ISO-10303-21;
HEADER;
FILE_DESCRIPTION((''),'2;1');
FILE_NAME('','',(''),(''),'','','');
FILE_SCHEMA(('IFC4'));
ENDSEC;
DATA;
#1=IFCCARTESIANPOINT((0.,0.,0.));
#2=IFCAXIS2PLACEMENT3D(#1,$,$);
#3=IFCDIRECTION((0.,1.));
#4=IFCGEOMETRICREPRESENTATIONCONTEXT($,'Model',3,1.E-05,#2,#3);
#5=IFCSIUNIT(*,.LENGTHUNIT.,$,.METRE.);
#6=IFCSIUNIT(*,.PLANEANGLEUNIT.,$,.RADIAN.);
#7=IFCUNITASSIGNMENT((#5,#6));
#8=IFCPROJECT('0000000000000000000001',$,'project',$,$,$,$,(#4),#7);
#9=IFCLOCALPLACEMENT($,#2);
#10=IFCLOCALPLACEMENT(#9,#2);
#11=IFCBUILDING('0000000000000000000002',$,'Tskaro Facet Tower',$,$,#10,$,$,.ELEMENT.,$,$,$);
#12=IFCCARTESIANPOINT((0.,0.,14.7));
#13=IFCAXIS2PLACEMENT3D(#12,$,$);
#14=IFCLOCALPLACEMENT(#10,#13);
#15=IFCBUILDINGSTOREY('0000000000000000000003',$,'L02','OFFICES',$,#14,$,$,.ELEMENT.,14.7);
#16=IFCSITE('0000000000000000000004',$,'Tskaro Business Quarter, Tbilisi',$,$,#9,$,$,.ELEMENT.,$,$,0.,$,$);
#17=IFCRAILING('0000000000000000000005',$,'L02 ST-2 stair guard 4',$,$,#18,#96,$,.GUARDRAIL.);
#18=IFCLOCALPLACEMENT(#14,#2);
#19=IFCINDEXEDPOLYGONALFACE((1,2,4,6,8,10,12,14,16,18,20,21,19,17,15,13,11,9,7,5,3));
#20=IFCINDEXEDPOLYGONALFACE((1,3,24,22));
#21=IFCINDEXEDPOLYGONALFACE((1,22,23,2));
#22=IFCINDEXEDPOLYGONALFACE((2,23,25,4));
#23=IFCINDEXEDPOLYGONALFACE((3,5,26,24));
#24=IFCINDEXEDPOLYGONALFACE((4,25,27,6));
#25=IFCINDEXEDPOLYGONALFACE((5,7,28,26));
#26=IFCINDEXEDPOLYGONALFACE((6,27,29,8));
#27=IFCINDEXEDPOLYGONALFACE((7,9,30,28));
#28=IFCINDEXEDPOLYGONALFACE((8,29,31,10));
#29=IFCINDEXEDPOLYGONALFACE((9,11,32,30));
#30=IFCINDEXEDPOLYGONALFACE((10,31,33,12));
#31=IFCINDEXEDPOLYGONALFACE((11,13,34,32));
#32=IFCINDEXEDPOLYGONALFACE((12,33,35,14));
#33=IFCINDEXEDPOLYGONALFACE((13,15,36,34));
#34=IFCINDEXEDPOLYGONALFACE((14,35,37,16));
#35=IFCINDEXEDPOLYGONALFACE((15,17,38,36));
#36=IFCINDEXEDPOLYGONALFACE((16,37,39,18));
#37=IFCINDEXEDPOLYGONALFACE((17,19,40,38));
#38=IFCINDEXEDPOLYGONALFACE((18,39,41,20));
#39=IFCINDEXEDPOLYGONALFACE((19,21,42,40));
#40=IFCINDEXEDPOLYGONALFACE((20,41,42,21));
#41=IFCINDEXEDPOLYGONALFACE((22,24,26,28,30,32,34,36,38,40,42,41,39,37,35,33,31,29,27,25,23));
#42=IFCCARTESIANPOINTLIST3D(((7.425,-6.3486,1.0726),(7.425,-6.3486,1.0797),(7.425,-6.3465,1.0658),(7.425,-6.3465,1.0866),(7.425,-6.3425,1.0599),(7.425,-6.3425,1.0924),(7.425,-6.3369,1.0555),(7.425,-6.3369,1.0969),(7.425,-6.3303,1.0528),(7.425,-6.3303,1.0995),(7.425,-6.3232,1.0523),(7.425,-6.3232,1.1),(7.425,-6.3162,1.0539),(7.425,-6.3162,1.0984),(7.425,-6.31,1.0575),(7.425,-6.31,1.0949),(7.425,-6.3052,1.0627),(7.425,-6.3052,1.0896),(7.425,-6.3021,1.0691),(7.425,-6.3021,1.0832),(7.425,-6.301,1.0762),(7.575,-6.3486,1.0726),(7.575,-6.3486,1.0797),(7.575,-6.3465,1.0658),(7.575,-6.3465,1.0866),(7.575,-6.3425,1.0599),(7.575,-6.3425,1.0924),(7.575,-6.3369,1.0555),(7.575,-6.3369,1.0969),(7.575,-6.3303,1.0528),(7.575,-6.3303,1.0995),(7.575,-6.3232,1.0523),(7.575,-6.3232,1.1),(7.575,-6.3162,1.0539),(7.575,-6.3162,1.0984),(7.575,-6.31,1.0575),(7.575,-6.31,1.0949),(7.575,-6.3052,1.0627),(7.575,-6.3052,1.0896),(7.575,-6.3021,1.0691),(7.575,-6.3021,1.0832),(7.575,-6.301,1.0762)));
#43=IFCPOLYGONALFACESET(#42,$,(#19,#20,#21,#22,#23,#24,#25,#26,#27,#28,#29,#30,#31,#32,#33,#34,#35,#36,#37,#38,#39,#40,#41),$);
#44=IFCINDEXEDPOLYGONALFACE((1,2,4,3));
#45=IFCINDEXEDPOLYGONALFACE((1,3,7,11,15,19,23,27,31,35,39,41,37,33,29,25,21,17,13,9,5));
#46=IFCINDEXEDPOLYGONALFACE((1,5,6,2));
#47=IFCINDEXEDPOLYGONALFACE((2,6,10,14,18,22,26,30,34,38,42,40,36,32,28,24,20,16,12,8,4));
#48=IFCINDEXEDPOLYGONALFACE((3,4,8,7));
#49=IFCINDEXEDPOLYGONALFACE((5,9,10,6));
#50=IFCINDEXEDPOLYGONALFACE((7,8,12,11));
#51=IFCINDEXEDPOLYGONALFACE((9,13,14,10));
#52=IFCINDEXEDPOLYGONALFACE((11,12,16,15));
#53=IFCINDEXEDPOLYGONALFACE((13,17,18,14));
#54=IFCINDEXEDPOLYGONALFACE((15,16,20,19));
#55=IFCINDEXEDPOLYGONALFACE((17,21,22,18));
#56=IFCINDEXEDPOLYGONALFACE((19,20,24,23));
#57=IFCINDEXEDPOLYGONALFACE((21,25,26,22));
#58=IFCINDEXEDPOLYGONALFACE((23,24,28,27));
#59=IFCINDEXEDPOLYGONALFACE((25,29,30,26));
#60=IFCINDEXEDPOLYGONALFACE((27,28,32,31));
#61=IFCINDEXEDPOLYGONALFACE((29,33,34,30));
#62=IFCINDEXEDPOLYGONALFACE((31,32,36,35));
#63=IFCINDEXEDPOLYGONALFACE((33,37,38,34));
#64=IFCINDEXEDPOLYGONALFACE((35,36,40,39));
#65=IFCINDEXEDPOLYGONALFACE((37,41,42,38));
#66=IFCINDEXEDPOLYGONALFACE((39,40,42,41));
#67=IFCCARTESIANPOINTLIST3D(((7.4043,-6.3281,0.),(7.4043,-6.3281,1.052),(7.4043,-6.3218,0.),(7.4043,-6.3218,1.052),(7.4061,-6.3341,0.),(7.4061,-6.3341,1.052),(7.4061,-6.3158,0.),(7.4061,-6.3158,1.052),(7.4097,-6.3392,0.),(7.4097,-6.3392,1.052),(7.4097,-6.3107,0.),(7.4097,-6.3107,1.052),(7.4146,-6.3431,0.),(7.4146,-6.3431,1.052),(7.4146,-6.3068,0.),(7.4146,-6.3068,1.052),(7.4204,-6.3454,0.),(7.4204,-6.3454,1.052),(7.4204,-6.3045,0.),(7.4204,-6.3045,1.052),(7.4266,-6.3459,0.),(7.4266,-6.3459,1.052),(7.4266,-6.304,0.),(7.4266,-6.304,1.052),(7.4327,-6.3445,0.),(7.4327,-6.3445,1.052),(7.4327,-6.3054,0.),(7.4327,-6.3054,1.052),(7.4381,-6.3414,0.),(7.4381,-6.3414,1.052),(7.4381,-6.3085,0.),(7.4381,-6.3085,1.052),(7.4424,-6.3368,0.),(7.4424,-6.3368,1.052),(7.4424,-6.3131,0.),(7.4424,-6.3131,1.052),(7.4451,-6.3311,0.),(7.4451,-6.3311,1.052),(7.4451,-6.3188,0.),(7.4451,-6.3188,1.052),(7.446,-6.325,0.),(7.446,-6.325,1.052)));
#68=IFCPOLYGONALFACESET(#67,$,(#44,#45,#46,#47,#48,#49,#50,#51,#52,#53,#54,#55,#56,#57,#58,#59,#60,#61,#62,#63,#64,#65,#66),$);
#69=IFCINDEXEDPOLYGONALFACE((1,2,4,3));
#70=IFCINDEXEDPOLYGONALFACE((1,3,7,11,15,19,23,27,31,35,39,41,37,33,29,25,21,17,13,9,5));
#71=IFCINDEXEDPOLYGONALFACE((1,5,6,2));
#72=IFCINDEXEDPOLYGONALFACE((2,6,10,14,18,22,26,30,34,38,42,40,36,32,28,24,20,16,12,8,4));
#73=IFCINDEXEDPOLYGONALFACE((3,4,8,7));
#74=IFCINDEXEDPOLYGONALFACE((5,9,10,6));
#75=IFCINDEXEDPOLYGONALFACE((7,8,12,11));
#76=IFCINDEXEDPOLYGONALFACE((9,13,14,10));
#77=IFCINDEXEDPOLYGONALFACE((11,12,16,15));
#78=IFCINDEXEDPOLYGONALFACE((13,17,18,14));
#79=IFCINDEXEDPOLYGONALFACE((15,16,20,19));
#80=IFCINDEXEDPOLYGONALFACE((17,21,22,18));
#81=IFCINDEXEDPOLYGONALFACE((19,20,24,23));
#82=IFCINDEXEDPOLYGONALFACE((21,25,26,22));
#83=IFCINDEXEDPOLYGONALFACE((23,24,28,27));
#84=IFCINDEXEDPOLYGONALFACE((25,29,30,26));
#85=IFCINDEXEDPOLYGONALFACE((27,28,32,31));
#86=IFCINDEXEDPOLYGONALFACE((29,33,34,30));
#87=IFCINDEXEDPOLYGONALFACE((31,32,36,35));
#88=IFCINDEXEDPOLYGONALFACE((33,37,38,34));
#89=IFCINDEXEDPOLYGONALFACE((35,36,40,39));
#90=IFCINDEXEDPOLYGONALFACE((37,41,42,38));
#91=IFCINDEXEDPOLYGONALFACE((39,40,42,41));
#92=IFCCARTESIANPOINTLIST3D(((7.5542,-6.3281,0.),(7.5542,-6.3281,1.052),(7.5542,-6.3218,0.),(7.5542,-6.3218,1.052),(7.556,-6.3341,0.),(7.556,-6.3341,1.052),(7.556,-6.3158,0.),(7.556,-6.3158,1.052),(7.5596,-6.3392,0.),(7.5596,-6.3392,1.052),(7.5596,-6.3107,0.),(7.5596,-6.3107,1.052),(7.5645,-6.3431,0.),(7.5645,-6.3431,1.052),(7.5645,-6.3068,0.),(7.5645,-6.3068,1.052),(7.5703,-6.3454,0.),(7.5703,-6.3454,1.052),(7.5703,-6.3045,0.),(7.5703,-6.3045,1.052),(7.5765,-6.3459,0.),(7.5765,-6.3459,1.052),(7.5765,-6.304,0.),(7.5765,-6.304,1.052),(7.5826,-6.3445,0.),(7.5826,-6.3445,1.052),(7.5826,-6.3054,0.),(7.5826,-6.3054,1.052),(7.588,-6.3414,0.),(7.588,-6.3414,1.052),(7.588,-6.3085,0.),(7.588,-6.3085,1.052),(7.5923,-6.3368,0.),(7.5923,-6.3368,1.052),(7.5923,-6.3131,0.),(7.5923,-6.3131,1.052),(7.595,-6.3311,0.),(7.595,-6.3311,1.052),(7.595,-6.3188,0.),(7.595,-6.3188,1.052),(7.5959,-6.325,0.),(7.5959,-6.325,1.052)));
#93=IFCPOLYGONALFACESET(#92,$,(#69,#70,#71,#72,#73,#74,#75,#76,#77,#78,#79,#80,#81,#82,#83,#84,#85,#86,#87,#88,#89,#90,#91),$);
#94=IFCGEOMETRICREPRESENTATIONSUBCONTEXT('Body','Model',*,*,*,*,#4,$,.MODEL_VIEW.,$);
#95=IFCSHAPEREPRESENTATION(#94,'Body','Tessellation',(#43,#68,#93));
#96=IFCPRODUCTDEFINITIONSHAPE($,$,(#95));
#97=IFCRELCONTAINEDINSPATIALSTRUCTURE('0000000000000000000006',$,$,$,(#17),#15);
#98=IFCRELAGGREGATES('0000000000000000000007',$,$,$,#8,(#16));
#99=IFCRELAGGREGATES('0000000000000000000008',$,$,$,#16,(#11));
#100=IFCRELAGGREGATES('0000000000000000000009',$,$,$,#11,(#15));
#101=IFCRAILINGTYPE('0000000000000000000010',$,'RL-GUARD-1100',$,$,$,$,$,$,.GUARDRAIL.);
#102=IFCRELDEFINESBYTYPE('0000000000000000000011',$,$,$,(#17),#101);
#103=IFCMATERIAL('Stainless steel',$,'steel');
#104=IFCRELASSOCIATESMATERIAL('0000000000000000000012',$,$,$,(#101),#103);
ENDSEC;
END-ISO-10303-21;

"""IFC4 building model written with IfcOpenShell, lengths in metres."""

from ifc_helpers import new_model, si_unit, direction, frame, origin, origin_2d, place, context, subcontext, project, spatial, circle, extrude, material, type_object, element, save


model = new_model("IFC4")

# Units and contexts
model_context = context("Model", 3, precision=1e-05, world=origin(), true_north=direction((0.0, 1.0)))
body_context = subcontext(model_context, "Body", "Model", "MODEL_VIEW")
ifc_project = project(units=[si_unit("LENGTHUNIT", "METRE"), si_unit("PLANEANGLEUNIT", "RADIAN")], contexts=[model_context])

# Site, building, storey
site_placement = place(None, origin())
site = spatial("IfcSite", under=ifc_project, at=site_placement, Name="Tskaro Business Quarter, Tbilisi", CompositionType="ELEMENT", RefElevation=0.0)
building_placement = place(site_placement, origin())
building = spatial("IfcBuilding", under=site, at=building_placement, Name="Tskaro Facet Tower", CompositionType="ELEMENT")
storey_placement = place(building_placement, frame((0.0, 0.0, 14.7)))
storey = spatial("IfcBuildingStorey", under=building, at=storey_placement, Name="L02", Description="OFFICES", CompositionType="ELEMENT", Elevation=14.7)

# Railing
ifc_material_1 = material(Name="Stainless steel", Category="steel")
railing_type_1 = type_object("IfcRailingType", Name="RL-GUARD-1100", PredefinedType="GUARDRAIL", material=ifc_material_1)
railing_1_placement = place(storey_placement, frame((7.425, -6.325, 0.0)))
element("IfcRailing", 1, at=railing_1_placement, inside=storey, type_object=railing_type_1, Name="L02 ST-2 stair guard 4", PredefinedType="GUARDRAIL", context=body_context, shape_type="SweptSolid", body=[
    extrude(circle(Radius=0.0239, at=origin_2d()), frame((0.0, 0.0, 1.0762), z_axis=(1.0, 0.0, 0.0), x_axis=(0.0, 1.0, 0.0)), (0.0, 0.0, 1.0), 0.1499),
    extrude(circle(Radius=0.021, at=origin_2d()), origin(), (0.0, 0.0, 1.0), 1.052),
    extrude(circle(Radius=0.021, at=origin_2d()), frame((0.1499, 0.0, 0.0)), (0.0, 0.0, 1.0), 1.052),
])

save(model, "model.ifc")
